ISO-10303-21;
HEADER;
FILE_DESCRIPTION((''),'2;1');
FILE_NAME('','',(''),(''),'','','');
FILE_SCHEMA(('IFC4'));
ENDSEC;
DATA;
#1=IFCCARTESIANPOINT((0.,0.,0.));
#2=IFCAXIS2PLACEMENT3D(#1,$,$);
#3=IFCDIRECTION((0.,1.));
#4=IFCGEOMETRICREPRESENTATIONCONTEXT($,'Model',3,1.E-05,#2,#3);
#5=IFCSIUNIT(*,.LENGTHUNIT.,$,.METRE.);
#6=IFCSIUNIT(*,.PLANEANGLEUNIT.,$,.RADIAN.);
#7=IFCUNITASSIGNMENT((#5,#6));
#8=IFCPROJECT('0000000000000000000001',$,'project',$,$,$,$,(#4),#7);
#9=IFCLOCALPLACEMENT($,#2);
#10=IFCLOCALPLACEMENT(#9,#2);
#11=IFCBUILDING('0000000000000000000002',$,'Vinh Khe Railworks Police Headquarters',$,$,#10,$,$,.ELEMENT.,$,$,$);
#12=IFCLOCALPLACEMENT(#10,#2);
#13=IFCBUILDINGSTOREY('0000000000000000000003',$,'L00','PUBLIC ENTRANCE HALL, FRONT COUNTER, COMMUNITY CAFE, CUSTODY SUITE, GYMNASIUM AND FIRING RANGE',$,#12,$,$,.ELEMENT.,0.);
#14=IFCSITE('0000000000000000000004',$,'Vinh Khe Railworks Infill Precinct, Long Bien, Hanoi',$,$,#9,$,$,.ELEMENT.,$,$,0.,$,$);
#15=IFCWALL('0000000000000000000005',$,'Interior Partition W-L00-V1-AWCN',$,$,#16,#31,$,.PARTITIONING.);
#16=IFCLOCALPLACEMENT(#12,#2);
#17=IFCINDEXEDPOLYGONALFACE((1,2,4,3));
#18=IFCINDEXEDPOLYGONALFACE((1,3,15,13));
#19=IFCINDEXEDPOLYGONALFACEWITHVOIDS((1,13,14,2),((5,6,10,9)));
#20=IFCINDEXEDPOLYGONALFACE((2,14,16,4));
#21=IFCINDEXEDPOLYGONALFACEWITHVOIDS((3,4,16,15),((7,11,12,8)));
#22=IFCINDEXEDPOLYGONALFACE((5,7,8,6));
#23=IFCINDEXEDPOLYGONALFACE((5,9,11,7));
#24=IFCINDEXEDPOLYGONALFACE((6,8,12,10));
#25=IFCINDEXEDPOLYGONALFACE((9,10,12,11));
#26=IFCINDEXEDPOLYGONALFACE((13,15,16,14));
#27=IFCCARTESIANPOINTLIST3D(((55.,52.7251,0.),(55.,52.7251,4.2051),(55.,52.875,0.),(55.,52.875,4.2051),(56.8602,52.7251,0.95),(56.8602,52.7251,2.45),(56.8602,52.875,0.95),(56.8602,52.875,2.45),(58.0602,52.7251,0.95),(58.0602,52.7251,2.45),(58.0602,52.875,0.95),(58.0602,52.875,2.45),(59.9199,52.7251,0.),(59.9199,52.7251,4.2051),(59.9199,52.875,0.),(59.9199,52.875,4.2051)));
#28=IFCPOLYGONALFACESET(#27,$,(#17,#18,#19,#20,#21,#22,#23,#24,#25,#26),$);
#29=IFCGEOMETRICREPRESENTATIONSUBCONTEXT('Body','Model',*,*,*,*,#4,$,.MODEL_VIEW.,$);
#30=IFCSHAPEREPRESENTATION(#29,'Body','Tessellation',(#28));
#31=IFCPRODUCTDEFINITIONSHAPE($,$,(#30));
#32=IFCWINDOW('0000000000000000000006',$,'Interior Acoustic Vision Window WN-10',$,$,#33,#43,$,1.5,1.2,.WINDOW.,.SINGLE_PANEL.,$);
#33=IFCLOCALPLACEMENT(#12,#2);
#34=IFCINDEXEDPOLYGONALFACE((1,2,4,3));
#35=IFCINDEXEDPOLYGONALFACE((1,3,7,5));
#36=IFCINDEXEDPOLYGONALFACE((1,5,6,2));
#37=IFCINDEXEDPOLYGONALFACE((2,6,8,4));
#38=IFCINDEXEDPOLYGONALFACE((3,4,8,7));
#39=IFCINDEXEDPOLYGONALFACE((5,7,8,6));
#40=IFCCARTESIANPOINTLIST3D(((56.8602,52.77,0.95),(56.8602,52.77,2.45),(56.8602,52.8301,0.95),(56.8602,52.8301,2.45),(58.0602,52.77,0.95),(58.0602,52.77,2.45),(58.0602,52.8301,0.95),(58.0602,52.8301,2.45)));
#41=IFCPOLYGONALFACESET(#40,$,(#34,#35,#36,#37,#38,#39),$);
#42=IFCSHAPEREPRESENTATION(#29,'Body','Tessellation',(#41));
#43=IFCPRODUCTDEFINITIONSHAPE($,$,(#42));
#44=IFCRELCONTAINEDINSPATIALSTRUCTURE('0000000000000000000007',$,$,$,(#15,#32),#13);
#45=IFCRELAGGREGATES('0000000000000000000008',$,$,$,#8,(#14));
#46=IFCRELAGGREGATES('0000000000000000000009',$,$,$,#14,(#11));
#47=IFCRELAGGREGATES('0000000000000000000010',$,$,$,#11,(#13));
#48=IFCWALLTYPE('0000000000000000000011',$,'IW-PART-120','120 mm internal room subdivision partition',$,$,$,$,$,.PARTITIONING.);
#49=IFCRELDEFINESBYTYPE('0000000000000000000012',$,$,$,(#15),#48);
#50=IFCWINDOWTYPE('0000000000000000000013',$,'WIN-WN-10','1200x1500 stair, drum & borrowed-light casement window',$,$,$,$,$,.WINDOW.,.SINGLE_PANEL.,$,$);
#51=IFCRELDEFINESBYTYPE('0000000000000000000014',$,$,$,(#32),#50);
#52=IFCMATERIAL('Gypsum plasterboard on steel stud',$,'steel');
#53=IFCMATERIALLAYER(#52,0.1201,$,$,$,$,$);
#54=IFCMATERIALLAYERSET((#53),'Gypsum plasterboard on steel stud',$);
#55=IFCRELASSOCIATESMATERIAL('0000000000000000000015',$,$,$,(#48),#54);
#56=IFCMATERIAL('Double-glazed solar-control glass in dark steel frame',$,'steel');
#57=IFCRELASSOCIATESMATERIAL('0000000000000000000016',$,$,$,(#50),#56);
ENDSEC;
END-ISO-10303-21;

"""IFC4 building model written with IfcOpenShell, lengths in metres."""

from ifc_helpers import new_model, si_unit, direction, frame, frame_2d, origin, place, context, subcontext, project, spatial, rectangle, extrude, material, layer, layer_set, type_object, element, fill, save


model = new_model("IFC4")

# Units and contexts
model_context = context("Model", 3, precision=1e-05, world=origin(), true_north=direction((0.0, 1.0)))
body_context = subcontext(model_context, "Body", "Model", "MODEL_VIEW")
ifc_project = project(units=[si_unit("LENGTHUNIT", "METRE"), si_unit("PLANEANGLEUNIT", "RADIAN")], contexts=[model_context])

# Site, building, storey
site_placement = place(None, origin())
site = spatial("IfcSite", under=ifc_project, at=site_placement, Name="Vinh Khe Railworks Infill Precinct, Long Bien, Hanoi", CompositionType="ELEMENT", RefElevation=0.0)
building_placement = place(site_placement, origin())
building = spatial("IfcBuilding", under=site, at=building_placement, Name="Vinh Khe Railworks Police Headquarters", CompositionType="ELEMENT")
storey_placement = place(building_placement, origin())
storey = spatial("IfcBuildingStorey", under=building, at=storey_placement, Name="L00", Description="PUBLIC ENTRANCE HALL, FRONT COUNTER, COMMUNITY CAFE, CUSTODY SUITE, GYMNASIUM AND FIRING RANGE", CompositionType="ELEMENT", Elevation=0.0)

# Shared definitions
ifc_material_1 = material(Name="Gypsum plasterboard on steel stud", Category="steel")
ifc_layer_1 = layer(ifc_material_1, 0.1201)
ifc_layer_set_1 = layer_set([ifc_layer_1], Name="Gypsum plasterboard on steel stud")
wall_type = type_object("IfcWallType", Name="IW-PART-120", Description="120 mm internal room subdivision partition", PredefinedType="PARTITIONING", material=ifc_layer_set_1)
ifc_material_2 = material(Name="Double-glazed solar-control glass in dark steel frame", Category="steel")

# Wall, opening, window
wall_1_placement = place(storey_placement, frame((55.0, 52.8, 0.0), z_axis=(0.0, 0.0, 1.0), x_axis=(1.0, 0.0, 0.0)))
wall_1 = element("IfcWall", 1, at=wall_1_placement, inside=storey, type_object=wall_type, Name="Interior Partition W-L00-V1-AWCN", PredefinedType="PARTITIONING", context=body_context, shape_type="SweptSolid", body=[
    extrude(rectangle(XDim=4.9199, YDim=0.1499, at=frame_2d((2.46, 0.0))), origin(), (0.0, 0.0, 1.0), 4.2051),
])
opening_1_placement = place(wall_1_placement, frame((1.8601, 0.0, 0.95)))
opening_1 = element("IfcOpeningElement", 2, at=opening_1_placement, cuts=wall_1, PredefinedType="OPENING", context=body_context, shape_type="SweptSolid", body=[
    extrude(rectangle(XDim=1.2, YDim=1.5, at=frame_2d((0.6001, 0.75))), frame((0.0, 0.0898, 0.0), z_axis=(0.0, -1.0, 0.0), x_axis=(1.0, 0.0, 0.0)), (0.0, 0.0, 1.0), 0.1797),
])
window_type_1 = type_object("IfcWindowType", Name="WIN-WN-10", Description="1200x1500 stair, drum & borrowed-light casement window", PartitioningType="SINGLE_PANEL", PredefinedType="WINDOW", material=ifc_material_2)
window_1_placement = place(opening_1_placement, origin())
window_1 = element("IfcWindow", 3, at=window_1_placement, inside=storey, type_object=window_type_1, Name="Interior Acoustic Vision Window WN-10", OverallHeight=1.5, OverallWidth=1.2, PartitioningType="SINGLE_PANEL", PredefinedType="WINDOW", context=body_context, shape_type="SweptSolid", body=[
    extrude(rectangle(XDim=1.2, YDim=1.5, at=frame_2d((0.6001, 0.75))), frame((0.0, 0.03, 0.0), z_axis=(0.0, -1.0, 0.0), x_axis=(1.0, 0.0, 0.0)), (0.0, 0.0, 1.0), 0.0601),
])
fill(opening_1, window_1)

save(model, "model.ifc")
